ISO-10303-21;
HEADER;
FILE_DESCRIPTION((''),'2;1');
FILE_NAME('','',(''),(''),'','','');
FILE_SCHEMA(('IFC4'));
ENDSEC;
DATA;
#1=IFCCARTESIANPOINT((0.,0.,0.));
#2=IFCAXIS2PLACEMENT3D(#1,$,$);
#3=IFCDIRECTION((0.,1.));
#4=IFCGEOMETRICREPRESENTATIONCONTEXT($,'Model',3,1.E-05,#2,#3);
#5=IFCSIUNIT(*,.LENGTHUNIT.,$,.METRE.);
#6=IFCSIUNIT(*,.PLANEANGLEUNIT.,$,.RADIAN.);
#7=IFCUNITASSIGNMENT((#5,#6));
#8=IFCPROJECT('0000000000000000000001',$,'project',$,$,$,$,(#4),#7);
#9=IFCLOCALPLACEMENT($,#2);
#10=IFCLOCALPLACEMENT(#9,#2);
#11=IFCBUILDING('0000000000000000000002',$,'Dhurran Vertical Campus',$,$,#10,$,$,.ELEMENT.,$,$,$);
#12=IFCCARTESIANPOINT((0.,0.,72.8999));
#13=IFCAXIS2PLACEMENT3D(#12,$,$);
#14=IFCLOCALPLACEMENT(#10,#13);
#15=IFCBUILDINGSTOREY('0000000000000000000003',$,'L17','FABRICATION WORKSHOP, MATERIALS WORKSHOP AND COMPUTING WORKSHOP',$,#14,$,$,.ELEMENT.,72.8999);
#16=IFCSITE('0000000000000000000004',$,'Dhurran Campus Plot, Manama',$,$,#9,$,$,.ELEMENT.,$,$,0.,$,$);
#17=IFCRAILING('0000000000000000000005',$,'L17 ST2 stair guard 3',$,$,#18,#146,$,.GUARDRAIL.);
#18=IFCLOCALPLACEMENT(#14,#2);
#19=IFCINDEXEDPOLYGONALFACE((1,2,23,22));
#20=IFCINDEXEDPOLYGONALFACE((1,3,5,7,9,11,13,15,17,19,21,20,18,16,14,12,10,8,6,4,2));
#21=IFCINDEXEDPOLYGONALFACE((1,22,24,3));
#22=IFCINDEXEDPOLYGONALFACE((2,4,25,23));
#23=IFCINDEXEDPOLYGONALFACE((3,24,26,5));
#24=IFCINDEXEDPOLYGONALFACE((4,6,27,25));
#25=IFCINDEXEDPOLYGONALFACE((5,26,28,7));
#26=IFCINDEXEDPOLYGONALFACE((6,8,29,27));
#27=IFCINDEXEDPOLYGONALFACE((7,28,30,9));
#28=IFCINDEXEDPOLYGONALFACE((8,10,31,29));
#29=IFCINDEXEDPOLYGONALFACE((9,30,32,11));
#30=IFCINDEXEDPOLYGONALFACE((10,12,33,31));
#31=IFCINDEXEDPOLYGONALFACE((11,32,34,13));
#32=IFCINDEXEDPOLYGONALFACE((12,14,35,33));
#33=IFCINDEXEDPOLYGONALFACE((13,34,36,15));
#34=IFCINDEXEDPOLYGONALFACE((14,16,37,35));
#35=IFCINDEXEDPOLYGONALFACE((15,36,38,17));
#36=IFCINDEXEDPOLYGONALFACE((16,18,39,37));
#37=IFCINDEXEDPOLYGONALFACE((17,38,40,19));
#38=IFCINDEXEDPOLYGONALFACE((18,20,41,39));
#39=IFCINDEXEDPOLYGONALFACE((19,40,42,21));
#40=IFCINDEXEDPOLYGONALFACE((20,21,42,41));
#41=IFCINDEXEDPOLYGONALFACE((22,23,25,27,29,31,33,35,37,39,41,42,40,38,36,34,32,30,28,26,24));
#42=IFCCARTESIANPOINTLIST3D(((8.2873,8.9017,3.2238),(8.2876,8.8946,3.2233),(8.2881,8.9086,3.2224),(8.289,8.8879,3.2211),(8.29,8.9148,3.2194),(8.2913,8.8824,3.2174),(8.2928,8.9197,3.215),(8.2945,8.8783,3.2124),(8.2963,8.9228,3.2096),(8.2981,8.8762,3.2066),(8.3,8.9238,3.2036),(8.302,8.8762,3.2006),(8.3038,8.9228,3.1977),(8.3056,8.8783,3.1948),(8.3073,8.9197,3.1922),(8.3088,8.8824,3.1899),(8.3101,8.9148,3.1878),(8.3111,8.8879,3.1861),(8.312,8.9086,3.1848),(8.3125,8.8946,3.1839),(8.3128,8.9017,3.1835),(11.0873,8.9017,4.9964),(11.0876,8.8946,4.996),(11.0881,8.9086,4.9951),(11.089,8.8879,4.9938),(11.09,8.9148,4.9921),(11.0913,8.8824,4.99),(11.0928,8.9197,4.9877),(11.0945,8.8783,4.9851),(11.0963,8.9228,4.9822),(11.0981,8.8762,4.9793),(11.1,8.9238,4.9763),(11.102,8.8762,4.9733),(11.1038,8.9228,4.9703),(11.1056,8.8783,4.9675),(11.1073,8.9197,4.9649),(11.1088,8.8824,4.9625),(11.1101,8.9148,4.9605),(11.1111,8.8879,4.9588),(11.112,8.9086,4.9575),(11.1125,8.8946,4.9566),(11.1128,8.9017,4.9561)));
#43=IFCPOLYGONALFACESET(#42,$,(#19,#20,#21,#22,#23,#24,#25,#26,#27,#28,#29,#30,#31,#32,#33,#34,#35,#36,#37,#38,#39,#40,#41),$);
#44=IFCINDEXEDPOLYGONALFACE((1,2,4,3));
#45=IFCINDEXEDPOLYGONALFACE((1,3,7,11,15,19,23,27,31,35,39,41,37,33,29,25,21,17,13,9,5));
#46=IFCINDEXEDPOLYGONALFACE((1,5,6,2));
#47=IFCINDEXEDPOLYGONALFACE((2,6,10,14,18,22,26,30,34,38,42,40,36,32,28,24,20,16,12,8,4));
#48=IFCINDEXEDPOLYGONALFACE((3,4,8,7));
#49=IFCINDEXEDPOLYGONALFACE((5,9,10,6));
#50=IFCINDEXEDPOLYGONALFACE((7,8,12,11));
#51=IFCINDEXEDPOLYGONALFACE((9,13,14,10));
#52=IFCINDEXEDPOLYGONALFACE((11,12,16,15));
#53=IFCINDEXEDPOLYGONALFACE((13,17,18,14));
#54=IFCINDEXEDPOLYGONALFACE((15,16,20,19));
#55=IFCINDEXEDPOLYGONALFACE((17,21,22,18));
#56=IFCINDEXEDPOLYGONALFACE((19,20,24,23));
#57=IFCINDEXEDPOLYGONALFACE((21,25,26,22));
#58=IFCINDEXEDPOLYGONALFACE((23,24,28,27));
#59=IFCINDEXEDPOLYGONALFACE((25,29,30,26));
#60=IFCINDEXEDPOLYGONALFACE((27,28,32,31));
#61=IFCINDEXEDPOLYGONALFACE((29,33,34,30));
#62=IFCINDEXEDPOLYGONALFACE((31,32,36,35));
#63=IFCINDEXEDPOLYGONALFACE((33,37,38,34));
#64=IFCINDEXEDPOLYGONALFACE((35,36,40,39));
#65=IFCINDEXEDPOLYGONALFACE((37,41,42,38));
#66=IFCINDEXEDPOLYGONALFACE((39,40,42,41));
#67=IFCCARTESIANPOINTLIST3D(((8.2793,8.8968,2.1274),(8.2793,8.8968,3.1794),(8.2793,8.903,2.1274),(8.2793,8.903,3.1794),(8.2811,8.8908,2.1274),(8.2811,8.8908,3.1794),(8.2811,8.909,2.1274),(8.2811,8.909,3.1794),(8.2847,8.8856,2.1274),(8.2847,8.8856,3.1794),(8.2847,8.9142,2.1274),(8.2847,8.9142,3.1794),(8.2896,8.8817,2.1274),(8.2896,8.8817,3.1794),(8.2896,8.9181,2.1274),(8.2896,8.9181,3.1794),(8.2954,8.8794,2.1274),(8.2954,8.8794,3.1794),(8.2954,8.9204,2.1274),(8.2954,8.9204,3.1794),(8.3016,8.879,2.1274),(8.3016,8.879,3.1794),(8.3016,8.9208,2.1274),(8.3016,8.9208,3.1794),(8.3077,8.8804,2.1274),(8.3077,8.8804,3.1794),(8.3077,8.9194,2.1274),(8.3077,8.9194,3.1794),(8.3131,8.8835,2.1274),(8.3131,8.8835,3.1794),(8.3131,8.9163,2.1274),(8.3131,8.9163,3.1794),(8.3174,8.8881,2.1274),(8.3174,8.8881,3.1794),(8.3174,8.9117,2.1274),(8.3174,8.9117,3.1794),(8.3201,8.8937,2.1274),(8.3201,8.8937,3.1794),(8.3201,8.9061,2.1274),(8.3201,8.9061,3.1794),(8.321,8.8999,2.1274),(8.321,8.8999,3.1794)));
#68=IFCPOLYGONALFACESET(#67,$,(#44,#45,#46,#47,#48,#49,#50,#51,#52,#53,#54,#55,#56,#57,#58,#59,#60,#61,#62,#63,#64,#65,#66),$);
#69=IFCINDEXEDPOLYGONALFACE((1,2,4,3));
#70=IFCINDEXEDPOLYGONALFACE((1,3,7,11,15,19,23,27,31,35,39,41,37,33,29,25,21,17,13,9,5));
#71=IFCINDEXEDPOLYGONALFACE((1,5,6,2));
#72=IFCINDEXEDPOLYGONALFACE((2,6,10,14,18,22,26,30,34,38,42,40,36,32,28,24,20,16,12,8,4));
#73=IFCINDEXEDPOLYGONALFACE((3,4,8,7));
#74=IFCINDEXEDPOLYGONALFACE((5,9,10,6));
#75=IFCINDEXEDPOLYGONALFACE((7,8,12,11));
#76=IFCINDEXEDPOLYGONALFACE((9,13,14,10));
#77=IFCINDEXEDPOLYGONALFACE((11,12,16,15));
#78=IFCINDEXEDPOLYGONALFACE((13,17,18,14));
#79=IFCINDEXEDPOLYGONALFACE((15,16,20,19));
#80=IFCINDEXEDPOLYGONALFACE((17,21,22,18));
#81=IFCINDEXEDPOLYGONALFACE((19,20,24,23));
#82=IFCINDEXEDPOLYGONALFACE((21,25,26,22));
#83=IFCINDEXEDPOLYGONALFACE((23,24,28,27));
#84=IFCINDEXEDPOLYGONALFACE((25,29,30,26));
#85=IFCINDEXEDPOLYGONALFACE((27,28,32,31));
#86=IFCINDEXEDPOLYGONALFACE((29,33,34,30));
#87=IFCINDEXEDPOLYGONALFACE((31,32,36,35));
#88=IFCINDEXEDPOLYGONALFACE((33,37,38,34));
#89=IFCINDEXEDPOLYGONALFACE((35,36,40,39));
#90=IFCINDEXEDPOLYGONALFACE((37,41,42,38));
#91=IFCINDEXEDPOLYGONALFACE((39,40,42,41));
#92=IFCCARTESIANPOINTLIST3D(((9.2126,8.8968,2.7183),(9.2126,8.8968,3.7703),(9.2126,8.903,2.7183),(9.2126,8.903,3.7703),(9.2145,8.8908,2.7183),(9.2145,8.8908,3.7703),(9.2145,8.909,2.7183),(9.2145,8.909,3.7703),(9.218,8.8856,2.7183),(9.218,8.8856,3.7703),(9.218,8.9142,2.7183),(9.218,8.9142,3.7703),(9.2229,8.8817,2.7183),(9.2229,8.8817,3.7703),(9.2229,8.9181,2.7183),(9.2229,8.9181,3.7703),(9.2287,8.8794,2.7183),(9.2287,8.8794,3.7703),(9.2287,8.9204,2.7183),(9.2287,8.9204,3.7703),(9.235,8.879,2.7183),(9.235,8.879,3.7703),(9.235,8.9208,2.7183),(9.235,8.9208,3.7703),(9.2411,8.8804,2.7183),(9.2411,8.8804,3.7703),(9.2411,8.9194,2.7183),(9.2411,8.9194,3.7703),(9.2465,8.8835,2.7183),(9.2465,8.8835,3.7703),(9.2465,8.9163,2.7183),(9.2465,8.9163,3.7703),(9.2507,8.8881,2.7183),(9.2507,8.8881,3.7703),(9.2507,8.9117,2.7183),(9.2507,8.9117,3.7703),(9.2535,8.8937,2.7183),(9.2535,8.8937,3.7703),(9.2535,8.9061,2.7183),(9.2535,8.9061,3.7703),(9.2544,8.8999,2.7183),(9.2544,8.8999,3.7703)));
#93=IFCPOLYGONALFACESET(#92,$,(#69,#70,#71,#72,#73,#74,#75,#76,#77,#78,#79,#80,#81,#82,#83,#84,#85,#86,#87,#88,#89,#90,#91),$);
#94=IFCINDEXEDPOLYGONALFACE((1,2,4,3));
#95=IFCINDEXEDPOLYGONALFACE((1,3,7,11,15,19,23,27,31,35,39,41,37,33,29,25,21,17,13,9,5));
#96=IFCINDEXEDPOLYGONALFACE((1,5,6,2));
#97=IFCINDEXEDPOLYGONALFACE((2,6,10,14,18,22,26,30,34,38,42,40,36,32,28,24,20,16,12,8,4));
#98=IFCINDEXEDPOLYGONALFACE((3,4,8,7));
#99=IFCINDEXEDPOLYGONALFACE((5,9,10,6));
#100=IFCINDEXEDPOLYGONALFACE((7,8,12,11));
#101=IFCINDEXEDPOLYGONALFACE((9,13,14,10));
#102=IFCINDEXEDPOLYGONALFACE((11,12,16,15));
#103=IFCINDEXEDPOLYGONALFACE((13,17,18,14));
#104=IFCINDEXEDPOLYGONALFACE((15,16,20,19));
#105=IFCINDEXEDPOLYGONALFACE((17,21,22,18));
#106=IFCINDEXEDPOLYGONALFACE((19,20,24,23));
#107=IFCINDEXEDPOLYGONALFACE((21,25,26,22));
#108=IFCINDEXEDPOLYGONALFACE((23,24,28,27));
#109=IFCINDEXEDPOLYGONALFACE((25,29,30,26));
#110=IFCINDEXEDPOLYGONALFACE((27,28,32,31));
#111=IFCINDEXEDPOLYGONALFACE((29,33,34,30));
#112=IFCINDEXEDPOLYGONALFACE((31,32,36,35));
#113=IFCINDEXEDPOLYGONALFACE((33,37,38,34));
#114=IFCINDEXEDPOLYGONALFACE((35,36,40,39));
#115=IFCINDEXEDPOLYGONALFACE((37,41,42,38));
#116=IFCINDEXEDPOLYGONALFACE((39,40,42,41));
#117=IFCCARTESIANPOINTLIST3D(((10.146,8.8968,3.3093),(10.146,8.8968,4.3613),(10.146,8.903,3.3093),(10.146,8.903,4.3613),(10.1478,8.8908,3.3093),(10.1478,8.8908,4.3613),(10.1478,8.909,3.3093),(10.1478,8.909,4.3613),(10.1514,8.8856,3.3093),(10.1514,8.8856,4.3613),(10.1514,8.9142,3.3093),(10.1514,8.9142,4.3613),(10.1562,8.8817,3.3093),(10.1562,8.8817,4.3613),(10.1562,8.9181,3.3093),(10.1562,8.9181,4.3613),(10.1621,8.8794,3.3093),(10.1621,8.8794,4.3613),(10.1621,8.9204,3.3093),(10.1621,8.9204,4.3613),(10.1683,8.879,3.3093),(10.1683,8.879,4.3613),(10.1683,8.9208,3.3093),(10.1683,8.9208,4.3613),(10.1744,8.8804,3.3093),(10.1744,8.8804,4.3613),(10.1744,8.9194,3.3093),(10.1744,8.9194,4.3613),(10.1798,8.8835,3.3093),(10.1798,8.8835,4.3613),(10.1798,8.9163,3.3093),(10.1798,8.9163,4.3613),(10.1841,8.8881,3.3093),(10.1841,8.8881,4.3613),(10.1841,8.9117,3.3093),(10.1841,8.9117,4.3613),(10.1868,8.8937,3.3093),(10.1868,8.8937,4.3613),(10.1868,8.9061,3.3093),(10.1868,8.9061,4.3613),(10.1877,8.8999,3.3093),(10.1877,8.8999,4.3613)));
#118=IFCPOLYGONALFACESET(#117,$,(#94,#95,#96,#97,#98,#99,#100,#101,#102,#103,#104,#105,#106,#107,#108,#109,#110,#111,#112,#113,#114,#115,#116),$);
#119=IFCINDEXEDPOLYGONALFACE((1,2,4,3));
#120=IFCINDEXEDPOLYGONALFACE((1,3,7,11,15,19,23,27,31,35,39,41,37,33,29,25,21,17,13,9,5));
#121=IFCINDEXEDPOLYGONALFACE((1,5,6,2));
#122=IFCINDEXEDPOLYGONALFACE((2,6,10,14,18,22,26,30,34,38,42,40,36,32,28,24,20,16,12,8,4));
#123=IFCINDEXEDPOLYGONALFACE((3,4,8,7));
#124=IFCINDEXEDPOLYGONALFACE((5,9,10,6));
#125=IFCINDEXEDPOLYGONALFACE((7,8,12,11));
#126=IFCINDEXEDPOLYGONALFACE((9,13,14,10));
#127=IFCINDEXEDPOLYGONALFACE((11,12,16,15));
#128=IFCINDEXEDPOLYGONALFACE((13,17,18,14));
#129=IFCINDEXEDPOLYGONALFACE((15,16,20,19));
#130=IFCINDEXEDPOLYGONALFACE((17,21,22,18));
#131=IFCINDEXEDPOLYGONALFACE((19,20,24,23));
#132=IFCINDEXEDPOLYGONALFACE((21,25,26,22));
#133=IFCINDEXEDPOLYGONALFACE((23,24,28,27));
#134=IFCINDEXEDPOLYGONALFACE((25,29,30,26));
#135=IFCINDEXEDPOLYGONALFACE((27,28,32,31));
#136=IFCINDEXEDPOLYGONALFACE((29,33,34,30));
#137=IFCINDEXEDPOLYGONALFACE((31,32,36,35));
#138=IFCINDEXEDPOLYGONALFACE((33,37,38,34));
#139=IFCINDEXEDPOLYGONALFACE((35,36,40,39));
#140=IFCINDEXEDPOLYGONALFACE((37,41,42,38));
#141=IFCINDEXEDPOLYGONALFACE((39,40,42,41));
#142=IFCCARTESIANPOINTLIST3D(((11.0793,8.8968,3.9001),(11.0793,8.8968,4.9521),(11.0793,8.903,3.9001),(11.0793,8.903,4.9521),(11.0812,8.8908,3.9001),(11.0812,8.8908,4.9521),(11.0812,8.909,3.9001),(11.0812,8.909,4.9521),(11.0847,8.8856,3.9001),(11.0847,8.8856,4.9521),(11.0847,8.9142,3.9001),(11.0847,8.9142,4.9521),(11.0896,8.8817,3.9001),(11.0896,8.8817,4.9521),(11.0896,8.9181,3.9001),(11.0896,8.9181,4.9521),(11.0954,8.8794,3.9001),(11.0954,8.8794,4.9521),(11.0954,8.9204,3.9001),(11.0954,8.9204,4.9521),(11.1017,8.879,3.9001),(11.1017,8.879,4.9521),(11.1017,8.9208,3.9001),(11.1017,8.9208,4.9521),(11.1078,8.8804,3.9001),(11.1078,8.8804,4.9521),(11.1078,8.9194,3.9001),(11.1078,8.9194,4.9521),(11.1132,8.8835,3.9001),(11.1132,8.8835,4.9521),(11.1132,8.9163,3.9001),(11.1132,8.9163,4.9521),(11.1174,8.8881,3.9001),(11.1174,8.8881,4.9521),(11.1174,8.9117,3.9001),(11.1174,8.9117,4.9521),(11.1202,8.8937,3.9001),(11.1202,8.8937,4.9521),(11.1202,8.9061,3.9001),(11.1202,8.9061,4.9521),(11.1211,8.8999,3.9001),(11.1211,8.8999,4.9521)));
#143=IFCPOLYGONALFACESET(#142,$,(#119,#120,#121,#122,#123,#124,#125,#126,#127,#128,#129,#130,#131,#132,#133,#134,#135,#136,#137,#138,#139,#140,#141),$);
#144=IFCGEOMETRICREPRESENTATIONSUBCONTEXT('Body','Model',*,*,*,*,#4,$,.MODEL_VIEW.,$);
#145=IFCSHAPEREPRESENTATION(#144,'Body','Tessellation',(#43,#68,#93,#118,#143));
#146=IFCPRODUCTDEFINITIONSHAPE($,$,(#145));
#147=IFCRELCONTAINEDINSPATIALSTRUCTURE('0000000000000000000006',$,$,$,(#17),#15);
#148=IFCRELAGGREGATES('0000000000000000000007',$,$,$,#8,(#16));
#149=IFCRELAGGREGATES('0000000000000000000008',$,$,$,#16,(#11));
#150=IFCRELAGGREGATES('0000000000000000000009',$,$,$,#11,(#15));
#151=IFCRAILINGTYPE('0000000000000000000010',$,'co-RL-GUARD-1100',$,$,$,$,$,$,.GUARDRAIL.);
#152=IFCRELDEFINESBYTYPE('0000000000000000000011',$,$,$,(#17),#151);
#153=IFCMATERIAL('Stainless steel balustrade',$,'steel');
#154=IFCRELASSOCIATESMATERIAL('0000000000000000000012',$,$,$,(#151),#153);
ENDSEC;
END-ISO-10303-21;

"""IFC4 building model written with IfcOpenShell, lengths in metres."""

from ifc_helpers import new_model, si_unit, direction, frame, origin, origin_2d, place, context, subcontext, project, spatial, circle, extrude, material, type_object, element, save


model = new_model("IFC4")

# Units and contexts
model_context = context("Model", 3, precision=1e-05, world=origin(), true_north=direction((0.0, 1.0)))
body_context = subcontext(model_context, "Body", "Model", "MODEL_VIEW")
ifc_project = project(units=[si_unit("LENGTHUNIT", "METRE"), si_unit("PLANEANGLEUNIT", "RADIAN")], contexts=[model_context])

# Site, building, storey
site_placement = place(None, origin())
site = spatial("IfcSite", under=ifc_project, at=site_placement, Name="Dhurran Campus Plot, Manama", CompositionType="ELEMENT", RefElevation=0.0)
building_placement = place(site_placement, origin())
building = spatial("IfcBuilding", under=site, at=building_placement, Name="Dhurran Vertical Campus", CompositionType="ELEMENT")
storey_placement = place(building_placement, frame((0.0, 0.0, 72.8999)))
storey = spatial("IfcBuildingStorey", under=building, at=storey_placement, Name="L17", Description="FABRICATION WORKSHOP, MATERIALS WORKSHOP AND COMPUTING WORKSHOP", CompositionType="ELEMENT", Elevation=72.8999)

# Railing
ifc_material_1 = material(Name="Stainless steel balustrade", Category="steel")
railing_type_1 = type_object("IfcRailingType", Name="co-RL-GUARD-1100", PredefinedType="GUARDRAIL", material=ifc_material_1)
railing_1_placement = place(storey_placement, frame((8.3, 8.8999, 2.1274)))
element("IfcRailing", 1, at=railing_1_placement, inside=storey, type_object=railing_type_1, Name="L17 ST2 stair guard 3", PredefinedType="GUARDRAIL", context=body_context, shape_type="SweptSolid", body=[
    extrude(circle(Radius=0.0239, at=origin_2d()), frame((0.0, 0.0, 1.0762), z_axis=(0.844909, 0.0, 0.53491), x_axis=(0.0, 1.0, 0.0)), (0.0, 0.0, 1.0), 3.314),
    extrude(circle(Radius=0.021, at=origin_2d()), origin(), (0.0, 0.0, 1.0), 1.052),
    extrude(circle(Radius=0.021, at=origin_2d()), frame((0.9333, 0.0, 0.5908)), (0.0, 0.0, 1.0), 1.052),
    extrude(circle(Radius=0.021, at=origin_2d()), frame((1.8667, 0.0, 1.1819)), (0.0, 0.0, 1.0), 1.052),
    extrude(circle(Radius=0.021, at=origin_2d()), frame((2.8, 0.0, 1.7727)), (0.0, 0.0, 1.0), 1.052),
])

save(model, "model.ifc")
